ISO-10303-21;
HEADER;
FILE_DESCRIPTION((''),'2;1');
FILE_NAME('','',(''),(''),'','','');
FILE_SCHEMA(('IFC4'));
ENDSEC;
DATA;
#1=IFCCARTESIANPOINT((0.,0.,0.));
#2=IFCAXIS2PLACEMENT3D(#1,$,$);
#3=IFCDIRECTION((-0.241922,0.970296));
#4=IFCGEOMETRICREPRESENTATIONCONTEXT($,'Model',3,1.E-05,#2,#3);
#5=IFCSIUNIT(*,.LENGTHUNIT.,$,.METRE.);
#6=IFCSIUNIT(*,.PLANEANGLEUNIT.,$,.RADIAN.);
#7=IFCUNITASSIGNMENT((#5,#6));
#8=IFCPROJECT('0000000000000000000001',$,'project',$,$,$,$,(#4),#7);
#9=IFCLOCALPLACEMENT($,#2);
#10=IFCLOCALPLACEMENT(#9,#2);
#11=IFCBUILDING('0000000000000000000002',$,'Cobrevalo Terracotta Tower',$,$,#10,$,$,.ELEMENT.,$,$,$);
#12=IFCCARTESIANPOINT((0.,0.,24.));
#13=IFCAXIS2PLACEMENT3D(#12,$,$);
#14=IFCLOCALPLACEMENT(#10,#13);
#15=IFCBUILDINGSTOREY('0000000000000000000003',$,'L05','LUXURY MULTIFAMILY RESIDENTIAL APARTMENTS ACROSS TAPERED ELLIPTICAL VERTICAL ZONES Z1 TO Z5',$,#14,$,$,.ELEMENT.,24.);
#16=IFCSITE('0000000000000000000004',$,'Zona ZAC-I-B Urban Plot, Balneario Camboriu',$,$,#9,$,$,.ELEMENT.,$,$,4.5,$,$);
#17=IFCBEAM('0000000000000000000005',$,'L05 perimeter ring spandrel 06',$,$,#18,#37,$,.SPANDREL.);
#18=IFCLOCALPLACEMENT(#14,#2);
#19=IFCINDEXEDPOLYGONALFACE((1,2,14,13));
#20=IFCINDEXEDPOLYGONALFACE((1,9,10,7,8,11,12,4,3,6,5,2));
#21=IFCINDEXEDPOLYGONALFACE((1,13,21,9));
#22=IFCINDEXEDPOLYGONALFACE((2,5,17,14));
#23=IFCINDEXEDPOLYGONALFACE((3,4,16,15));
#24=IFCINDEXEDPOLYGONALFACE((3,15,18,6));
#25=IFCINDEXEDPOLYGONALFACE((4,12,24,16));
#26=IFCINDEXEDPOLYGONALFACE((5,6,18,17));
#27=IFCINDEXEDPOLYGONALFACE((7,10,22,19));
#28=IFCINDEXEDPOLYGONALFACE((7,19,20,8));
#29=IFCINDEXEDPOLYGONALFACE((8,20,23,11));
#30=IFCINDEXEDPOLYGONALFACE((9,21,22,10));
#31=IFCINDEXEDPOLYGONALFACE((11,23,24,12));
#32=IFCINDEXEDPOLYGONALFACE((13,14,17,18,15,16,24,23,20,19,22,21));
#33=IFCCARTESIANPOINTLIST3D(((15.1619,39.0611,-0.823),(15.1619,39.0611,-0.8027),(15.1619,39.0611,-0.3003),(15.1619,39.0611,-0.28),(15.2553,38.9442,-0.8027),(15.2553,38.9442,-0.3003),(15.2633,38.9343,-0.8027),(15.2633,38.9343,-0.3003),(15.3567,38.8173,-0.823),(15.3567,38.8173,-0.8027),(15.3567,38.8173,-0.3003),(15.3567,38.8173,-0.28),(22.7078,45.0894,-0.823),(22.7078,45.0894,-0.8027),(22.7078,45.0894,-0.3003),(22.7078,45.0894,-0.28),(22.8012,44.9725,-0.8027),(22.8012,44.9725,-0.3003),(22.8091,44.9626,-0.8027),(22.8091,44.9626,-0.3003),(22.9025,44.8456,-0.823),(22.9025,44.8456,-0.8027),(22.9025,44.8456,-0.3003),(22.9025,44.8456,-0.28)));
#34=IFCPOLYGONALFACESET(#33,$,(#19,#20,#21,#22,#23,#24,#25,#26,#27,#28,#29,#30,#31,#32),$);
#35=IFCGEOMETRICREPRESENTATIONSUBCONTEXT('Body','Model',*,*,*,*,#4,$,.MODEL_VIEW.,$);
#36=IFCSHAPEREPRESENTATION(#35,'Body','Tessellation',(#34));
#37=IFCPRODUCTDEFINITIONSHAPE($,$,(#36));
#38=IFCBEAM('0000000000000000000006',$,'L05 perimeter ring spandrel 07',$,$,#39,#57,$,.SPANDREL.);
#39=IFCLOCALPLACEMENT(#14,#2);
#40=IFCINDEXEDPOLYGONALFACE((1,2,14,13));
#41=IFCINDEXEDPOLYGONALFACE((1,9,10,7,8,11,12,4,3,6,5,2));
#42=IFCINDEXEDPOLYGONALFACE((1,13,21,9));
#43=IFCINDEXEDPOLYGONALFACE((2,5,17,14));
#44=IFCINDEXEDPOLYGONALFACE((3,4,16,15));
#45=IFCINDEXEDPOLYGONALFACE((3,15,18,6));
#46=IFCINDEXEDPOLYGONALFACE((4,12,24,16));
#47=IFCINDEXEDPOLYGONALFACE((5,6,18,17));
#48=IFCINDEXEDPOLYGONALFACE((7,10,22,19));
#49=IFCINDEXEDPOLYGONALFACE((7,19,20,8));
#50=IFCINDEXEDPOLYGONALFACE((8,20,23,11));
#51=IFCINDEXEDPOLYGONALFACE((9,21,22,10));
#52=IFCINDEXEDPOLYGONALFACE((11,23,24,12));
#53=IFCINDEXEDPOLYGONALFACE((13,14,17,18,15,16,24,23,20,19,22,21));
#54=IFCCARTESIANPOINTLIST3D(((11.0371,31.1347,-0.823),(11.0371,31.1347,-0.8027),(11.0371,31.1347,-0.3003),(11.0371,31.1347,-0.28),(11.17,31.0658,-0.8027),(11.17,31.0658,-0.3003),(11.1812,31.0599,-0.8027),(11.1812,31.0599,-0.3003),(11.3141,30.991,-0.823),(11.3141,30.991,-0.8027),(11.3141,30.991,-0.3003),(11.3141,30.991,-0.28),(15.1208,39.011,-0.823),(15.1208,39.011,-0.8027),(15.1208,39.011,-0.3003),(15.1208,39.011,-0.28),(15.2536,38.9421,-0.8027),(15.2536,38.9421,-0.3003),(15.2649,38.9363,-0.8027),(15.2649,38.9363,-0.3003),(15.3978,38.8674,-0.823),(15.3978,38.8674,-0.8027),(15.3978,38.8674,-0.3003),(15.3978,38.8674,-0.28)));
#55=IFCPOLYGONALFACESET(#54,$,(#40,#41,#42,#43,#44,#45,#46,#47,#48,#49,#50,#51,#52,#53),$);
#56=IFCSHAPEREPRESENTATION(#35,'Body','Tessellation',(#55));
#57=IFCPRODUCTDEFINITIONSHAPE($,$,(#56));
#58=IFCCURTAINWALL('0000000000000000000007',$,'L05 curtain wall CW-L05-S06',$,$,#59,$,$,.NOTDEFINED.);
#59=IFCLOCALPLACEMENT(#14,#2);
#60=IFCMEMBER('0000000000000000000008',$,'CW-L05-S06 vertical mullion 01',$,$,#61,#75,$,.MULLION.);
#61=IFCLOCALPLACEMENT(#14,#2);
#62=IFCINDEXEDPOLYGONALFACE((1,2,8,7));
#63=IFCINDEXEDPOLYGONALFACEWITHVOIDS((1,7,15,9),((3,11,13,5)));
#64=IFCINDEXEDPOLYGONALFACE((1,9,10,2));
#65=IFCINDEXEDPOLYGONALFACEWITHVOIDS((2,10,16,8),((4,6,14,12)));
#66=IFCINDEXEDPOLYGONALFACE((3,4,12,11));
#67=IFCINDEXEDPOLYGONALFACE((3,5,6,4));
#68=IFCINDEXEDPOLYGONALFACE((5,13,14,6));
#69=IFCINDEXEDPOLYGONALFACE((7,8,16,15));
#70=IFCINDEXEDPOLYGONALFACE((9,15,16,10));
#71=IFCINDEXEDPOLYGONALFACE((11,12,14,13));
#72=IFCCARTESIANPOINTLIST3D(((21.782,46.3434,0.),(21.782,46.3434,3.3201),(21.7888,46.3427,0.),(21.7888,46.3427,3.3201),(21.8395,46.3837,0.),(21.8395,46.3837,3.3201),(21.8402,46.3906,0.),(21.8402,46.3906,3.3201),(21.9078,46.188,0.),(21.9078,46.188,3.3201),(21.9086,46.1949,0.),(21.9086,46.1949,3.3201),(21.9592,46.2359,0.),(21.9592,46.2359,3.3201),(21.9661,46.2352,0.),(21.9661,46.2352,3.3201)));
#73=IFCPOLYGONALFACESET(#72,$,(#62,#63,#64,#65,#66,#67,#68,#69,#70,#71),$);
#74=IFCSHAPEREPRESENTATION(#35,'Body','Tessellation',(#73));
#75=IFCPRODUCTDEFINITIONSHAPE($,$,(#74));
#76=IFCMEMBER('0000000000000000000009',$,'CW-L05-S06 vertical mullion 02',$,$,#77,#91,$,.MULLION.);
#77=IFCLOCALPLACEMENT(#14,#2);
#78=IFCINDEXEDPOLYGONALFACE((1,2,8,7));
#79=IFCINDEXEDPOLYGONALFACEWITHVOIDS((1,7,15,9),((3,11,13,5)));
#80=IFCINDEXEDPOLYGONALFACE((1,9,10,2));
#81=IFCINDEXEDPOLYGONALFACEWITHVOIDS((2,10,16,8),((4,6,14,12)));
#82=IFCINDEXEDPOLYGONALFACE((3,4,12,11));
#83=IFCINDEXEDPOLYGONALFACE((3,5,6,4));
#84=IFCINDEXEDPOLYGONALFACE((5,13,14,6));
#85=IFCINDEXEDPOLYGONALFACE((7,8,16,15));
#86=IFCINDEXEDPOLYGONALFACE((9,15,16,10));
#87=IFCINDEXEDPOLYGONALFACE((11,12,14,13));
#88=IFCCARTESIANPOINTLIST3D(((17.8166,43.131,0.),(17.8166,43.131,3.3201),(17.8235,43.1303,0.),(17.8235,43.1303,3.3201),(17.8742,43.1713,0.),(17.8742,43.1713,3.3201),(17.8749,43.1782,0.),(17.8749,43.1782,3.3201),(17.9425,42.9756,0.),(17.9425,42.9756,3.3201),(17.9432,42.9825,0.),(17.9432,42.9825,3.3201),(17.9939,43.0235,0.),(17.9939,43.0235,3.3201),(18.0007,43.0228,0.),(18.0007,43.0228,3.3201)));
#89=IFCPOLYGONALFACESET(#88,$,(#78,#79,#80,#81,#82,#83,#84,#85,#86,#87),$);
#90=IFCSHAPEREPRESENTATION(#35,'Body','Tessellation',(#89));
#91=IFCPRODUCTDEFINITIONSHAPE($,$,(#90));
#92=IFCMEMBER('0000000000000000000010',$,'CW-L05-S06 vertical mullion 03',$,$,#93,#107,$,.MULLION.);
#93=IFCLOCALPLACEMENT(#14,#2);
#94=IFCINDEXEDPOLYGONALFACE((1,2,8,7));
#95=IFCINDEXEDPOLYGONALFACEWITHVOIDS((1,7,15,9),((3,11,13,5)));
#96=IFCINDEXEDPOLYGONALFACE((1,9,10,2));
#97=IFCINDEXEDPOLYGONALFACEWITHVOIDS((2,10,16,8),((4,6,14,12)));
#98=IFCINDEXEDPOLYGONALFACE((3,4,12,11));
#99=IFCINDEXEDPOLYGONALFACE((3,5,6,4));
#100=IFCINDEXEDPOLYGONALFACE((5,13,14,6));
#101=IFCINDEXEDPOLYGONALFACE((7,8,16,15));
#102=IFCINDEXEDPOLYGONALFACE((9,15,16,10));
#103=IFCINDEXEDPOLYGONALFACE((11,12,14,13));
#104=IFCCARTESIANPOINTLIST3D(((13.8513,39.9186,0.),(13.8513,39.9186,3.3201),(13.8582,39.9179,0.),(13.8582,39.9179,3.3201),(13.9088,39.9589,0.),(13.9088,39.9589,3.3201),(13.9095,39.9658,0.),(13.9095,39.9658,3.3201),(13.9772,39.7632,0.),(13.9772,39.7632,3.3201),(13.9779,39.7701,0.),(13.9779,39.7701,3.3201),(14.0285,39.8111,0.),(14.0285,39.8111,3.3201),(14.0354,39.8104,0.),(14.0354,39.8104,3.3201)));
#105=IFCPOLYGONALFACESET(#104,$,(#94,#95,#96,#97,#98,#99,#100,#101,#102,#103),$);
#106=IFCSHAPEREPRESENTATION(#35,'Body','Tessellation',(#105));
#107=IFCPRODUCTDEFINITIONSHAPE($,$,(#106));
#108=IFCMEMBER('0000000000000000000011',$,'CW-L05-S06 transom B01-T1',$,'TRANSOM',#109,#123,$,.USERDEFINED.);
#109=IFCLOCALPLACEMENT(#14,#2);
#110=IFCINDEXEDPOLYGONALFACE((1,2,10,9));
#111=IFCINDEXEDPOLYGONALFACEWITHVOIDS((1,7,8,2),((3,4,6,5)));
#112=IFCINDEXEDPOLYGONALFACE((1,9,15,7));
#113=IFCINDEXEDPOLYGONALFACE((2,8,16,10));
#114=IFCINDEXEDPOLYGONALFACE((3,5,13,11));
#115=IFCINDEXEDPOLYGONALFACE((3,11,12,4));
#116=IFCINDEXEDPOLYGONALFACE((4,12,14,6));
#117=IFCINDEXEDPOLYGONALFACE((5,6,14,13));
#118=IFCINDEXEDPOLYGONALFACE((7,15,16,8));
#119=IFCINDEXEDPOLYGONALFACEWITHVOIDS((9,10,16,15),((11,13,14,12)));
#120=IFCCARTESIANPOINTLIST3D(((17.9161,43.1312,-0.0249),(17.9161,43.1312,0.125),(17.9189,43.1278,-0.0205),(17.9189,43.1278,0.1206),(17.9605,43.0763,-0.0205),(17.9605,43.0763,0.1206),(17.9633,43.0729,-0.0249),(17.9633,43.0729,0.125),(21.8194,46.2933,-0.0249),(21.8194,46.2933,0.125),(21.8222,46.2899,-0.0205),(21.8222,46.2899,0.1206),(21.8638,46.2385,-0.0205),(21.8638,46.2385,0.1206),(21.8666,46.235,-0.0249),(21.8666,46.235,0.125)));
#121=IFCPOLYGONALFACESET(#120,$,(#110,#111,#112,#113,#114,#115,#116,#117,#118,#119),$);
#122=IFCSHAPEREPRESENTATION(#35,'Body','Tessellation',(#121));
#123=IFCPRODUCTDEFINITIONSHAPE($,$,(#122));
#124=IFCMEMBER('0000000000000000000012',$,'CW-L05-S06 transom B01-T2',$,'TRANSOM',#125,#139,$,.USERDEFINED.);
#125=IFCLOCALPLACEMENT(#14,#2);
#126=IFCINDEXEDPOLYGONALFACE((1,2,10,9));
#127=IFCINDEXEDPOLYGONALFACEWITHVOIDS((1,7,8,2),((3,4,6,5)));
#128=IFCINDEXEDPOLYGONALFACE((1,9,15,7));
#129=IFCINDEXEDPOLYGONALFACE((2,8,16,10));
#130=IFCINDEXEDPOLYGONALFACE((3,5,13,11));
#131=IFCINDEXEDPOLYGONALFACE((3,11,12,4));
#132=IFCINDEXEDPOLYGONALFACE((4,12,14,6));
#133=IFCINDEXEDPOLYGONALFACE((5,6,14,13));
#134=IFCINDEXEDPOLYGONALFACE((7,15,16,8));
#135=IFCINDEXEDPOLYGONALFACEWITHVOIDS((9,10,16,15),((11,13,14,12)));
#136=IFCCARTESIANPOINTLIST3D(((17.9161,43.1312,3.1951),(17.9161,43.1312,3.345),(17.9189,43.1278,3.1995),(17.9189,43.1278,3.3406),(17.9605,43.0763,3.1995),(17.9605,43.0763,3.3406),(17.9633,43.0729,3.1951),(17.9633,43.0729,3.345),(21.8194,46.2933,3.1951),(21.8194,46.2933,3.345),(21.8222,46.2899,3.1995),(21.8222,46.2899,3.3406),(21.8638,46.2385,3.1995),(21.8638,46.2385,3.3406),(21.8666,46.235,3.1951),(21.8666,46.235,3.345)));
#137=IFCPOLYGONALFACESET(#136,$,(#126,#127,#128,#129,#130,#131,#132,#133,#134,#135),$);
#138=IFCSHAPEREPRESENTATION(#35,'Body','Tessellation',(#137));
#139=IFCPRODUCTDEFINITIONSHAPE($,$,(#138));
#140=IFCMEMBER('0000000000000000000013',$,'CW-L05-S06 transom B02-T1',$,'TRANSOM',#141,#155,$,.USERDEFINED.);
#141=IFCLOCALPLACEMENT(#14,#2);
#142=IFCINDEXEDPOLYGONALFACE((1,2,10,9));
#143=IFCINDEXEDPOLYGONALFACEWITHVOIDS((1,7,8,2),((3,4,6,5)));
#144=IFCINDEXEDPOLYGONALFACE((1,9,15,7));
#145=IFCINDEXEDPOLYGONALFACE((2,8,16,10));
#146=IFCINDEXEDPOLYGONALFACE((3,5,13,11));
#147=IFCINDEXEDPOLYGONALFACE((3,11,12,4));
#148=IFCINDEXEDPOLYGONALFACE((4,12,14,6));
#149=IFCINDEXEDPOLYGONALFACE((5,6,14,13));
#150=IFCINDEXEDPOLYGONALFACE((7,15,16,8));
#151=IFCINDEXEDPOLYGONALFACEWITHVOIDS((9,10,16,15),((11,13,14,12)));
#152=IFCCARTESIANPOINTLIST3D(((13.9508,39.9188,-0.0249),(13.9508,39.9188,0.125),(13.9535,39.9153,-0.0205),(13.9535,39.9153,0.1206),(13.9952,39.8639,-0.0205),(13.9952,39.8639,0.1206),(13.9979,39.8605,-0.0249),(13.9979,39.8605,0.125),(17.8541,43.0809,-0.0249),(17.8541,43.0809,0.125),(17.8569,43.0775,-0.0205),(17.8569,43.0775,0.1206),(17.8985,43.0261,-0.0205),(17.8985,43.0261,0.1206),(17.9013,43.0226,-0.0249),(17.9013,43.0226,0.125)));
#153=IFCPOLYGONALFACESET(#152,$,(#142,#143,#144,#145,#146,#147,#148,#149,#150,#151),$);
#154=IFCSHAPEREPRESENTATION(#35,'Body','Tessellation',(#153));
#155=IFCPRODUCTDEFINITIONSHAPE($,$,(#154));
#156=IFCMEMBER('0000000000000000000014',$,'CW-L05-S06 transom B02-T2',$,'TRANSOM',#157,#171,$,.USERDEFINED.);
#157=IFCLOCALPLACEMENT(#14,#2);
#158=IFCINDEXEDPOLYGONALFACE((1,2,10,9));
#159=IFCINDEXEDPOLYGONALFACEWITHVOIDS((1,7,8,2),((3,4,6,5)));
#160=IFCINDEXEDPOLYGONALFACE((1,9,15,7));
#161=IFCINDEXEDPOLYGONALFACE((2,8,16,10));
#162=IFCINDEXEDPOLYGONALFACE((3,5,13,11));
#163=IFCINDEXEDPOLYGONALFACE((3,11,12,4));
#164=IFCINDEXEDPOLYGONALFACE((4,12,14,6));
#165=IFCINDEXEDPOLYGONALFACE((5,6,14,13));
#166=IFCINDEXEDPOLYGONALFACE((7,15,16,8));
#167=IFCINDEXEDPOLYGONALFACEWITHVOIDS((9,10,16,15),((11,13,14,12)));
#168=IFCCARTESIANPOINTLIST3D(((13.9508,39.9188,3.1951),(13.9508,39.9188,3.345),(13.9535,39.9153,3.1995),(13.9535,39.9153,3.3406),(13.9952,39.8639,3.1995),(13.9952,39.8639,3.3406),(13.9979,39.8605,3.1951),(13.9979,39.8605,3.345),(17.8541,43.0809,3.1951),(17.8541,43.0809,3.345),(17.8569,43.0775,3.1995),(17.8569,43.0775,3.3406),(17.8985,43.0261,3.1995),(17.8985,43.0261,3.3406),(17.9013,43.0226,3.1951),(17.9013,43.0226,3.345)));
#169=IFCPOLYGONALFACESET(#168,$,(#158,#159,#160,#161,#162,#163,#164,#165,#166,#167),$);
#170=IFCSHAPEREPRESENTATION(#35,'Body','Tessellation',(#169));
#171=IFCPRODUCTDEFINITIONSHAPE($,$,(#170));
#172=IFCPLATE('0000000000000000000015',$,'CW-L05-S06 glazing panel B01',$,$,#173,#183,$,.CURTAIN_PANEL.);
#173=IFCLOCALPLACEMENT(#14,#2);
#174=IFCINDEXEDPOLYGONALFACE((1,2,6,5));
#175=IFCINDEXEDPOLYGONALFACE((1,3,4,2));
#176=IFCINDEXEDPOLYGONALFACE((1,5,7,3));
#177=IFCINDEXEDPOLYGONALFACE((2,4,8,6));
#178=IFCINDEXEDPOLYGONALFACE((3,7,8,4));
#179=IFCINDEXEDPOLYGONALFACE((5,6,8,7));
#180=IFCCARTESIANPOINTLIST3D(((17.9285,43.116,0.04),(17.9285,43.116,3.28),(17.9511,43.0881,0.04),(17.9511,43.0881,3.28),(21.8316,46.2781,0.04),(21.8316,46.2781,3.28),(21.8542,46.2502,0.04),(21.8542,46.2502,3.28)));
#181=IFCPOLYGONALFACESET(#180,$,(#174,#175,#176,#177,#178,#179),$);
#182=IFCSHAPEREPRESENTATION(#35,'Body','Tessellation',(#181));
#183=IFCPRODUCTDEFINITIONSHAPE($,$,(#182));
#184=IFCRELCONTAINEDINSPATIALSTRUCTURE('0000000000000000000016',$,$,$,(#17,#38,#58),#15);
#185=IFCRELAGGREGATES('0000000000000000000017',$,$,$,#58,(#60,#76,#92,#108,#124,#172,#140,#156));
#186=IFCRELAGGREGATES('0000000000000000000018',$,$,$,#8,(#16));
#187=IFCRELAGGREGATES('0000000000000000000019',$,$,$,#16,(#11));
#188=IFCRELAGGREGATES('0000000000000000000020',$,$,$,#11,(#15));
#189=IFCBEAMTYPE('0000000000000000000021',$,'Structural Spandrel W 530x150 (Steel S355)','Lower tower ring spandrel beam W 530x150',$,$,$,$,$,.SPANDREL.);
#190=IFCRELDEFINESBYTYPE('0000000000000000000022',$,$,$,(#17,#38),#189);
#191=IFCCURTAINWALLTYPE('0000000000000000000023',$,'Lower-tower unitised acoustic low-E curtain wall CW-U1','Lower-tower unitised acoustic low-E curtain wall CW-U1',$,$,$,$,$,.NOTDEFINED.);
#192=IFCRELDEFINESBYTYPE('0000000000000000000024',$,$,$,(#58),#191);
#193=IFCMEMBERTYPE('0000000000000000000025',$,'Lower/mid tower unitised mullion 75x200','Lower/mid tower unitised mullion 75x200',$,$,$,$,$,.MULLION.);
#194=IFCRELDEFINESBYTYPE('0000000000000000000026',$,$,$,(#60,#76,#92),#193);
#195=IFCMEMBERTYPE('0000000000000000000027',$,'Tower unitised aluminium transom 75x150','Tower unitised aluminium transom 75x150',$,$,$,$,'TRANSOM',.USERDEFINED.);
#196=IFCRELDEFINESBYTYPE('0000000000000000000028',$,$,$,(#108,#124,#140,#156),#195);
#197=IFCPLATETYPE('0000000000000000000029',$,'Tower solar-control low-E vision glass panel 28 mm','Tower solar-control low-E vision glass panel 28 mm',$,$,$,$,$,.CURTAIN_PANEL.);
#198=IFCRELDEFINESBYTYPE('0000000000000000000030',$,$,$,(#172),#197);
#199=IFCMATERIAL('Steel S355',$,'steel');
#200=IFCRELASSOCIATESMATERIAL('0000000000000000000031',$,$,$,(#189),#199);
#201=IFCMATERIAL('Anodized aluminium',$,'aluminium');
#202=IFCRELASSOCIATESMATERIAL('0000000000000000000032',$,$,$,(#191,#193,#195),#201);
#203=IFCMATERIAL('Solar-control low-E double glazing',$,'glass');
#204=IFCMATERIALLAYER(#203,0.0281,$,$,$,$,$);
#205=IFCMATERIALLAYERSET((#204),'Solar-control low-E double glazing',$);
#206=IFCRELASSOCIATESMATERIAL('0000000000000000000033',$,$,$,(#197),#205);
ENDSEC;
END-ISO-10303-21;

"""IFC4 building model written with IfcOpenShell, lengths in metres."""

from ifc_helpers import new_model, si_unit, direction, frame, origin, origin_2d, place, context, subcontext, project, spatial, rectangle, hollow_rectangle, i_section, extrude, source, transform, mapped, material, layer, layer_set, material_profile, profile_set, type_object, element, aggregate, save


model = new_model("IFC4")

# Units and contexts
model_context = context("Model", 3, precision=1e-05, world=origin(), true_north=direction((-0.241922, 0.970296)))
body_context = subcontext(model_context, "Body", "Model", "MODEL_VIEW")
ifc_project = project(units=[si_unit("LENGTHUNIT", "METRE"), si_unit("PLANEANGLEUNIT", "RADIAN")], contexts=[model_context])

# Site, building, storey
site_placement = place(None, origin())
site = spatial("IfcSite", under=ifc_project, at=site_placement, Name="Zona ZAC-I-B Urban Plot, Balneario Camboriu", CompositionType="ELEMENT", RefElevation=4.5)
building_placement = place(site_placement, origin())
building = spatial("IfcBuilding", under=site, at=building_placement, Name="Cobrevalo Terracotta Tower", CompositionType="ELEMENT")
storey_placement = place(building_placement, frame((0.0, 0.0, 24.0)))
storey = spatial("IfcBuildingStorey", under=building, at=storey_placement, Name="L05", Description="LUXURY MULTIFAMILY RESIDENTIAL APARTMENTS ACROSS TAPERED ELLIPTICAL VERTICAL ZONES Z1 TO Z5", CompositionType="ELEMENT", Elevation=24.0)

# Shared definitions
ifc_material_1 = material(Name="Steel S355", Category="steel")

# Beams
ifc_material_profile_1 = material_profile(ifc_material_1, i_section(OverallWidth=0.312, OverallDepth=0.543, WebThickness=0.0127, FlangeThickness=0.0203, at=origin_2d()), Name="W 530x150")
ifc_profile_set_1 = profile_set([ifc_material_profile_1], Name="Steel S355")
beam_type_1 = type_object("IfcBeamType", Name="Structural Spandrel W 530x150 (Steel S355)", Description="Lower tower ring spandrel beam W 530x150", PredefinedType="SPANDREL", material=ifc_profile_set_1)
beam_1_placement = place(storey_placement, frame((22.8052, 44.9675, -0.5515), z_axis=(-0.781293, -0.624165, 0.0), x_axis=(0.624165, -0.781293, 0.0)))
element("IfcBeam", 1, at=beam_1_placement, inside=storey, type_object=beam_type_1, Name="L05 perimeter ring spandrel 06", PredefinedType="SPANDREL", context=body_context, shape_type="SweptSolid", body=[
    extrude(i_section(OverallWidth=0.312, OverallDepth=0.543, WebThickness=0.0127, FlangeThickness=0.0203, at=origin_2d()), origin(), (0.0, 0.0, 1.0), 9.6582),
])
beam_2_placement = place(storey_placement, frame((15.2593, 38.9392, -0.5515), z_axis=(-0.460286, -0.887771, 0.0), x_axis=(0.887771, -0.460286, 0.0)))
element("IfcBeam", 2, at=beam_2_placement, inside=storey, type_object=beam_type_1, Name="L05 perimeter ring spandrel 07", PredefinedType="SPANDREL", context=body_context, shape_type="SweptSolid", body=[
    extrude(i_section(OverallWidth=0.312, OverallDepth=0.543, WebThickness=0.0127, FlangeThickness=0.0203, at=origin_2d()), origin(), (0.0, 0.0, 1.0), 8.8721),
])

# Curtain wall, members, plate
ifc_material_2 = material(Name="Anodized aluminium", Category="aluminium")
curtain_wall_type = type_object("IfcCurtainWallType", Name="Lower-tower unitised acoustic low-E curtain wall CW-U1", Description="Lower-tower unitised acoustic low-E curtain wall CW-U1", PredefinedType="NOTDEFINED", material=ifc_material_2)
curtain_wall_placement = place(storey_placement, origin())
curtain_wall = element("IfcCurtainWall", 3, at=curtain_wall_placement, inside=storey, type_object=curtain_wall_type, Name="L05 curtain wall CW-L05-S06", PredefinedType="NOTDEFINED")
ifc_material_profile_2 = material_profile(ifc_material_2, hollow_rectangle(XDim=0.075, YDim=0.2, WallThickness=0.0049, at=origin_2d()), Name="CWM 75x200")
ifc_profile_set_2 = profile_set([ifc_material_profile_2], Name="Anodized aluminium")
member_type_1 = type_object("IfcMemberType", Name="Lower/mid tower unitised mullion 75x200", Description="Lower/mid tower unitised mullion 75x200", PredefinedType="MULLION", material=ifc_profile_set_2)
shared_shape_1 = source(origin(), body_context, "Body", "SweptSolid", [
    extrude(hollow_rectangle(XDim=0.075, YDim=0.2, WallThickness=0.0049, at=origin_2d()), origin(), (0.0, 0.0, 1.0), 3.3201),
])
member_1_placement = place(storey_placement, frame((21.874, 46.2893, 0.0), z_axis=(0.0, 0.0, 1.0), x_axis=(-0.777003, -0.629497, 0.0)))
member_1 = element("IfcMember", 4, at=member_1_placement, type_object=member_type_1, Name="CW-L05-S06 vertical mullion 01", PredefinedType="MULLION", context=body_context, shape_type="MappedRepresentation", body=[
    mapped(shared_shape_1, transform((0.0, 0.0, 0.0), scale=1.0)),
])
member_2_placement = place(storey_placement, frame((17.9087, 43.0769, 0.0), z_axis=(0.0, 0.0, 1.0), x_axis=(-0.777003, -0.629497, 0.0)))
member_2 = element("IfcMember", 5, at=member_2_placement, type_object=member_type_1, Name="CW-L05-S06 vertical mullion 02", PredefinedType="MULLION", context=body_context, shape_type="MappedRepresentation", body=[
    mapped(shared_shape_1, transform((0.0, 0.0, 0.0), scale=1.0)),
])
member_3_placement = place(storey_placement, frame((13.9434, 39.8645, 0.0), z_axis=(0.0, 0.0, 1.0), x_axis=(-0.777003, -0.629497, 0.0)))
member_3 = element("IfcMember", 6, at=member_3_placement, type_object=member_type_1, Name="CW-L05-S06 vertical mullion 03", PredefinedType="MULLION", context=body_context, shape_type="MappedRepresentation", body=[
    mapped(shared_shape_1, transform((0.0, 0.0, 0.0), scale=1.0)),
])
ifc_material_profile_3 = material_profile(ifc_material_2, hollow_rectangle(XDim=0.075, YDim=0.1499, WallThickness=0.0044, at=origin_2d()), Name="CWT 75x150")
ifc_profile_set_3 = profile_set([ifc_material_profile_3], Name="Anodized aluminium")
member_type_2 = type_object("IfcMemberType", Name="Tower unitised aluminium transom 75x150", Description="Tower unitised aluminium transom 75x150", ElementType="TRANSOM", PredefinedType="USERDEFINED", material=ifc_profile_set_3)
shared_shape_2 = source(origin(), body_context, "Body", "SweptSolid", [
    extrude(hollow_rectangle(XDim=0.075, YDim=0.1499, WallThickness=0.0044, at=origin_2d()), origin(), (0.0, 0.0, 1.0), 5.0234),
])
member_4_placement = place(storey_placement, frame((21.843, 46.2642, 0.05), z_axis=(-0.777023, -0.629472, 0.0), x_axis=(0.629472, -0.777023, 0.0)))
member_4 = element("IfcMember", 7, at=member_4_placement, type_object=member_type_2, Name="CW-L05-S06 transom B01-T1", ObjectType="TRANSOM", PredefinedType="USERDEFINED", context=body_context, shape_type="MappedRepresentation", body=[
    mapped(shared_shape_2, transform((0.0, 0.0, 0.0), scale=1.0)),
])
member_5_placement = place(storey_placement, frame((21.843, 46.2642, 3.27), z_axis=(-0.777023, -0.629472, 0.0), x_axis=(0.629472, -0.777023, 0.0)))
member_5 = element("IfcMember", 8, at=member_5_placement, type_object=member_type_2, Name="CW-L05-S06 transom B01-T2", ObjectType="TRANSOM", PredefinedType="USERDEFINED", context=body_context, shape_type="MappedRepresentation", body=[
    mapped(shared_shape_2, transform((0.0, 0.0, 0.0), scale=1.0)),
])
member_6_placement = place(storey_placement, frame((17.8777, 43.0518, 0.05), z_axis=(-0.777023, -0.629472, 0.0), x_axis=(0.629472, -0.777023, 0.0)))
member_6 = element("IfcMember", 9, at=member_6_placement, type_object=member_type_2, Name="CW-L05-S06 transom B02-T1", ObjectType="TRANSOM", PredefinedType="USERDEFINED", context=body_context, shape_type="MappedRepresentation", body=[
    mapped(shared_shape_2, transform((0.0, 0.0, 0.0), scale=1.0)),
])
member_7_placement = place(storey_placement, frame((17.8777, 43.0518, 3.27), z_axis=(-0.777023, -0.629472, 0.0), x_axis=(0.629472, -0.777023, 0.0)))
member_7 = element("IfcMember", 10, at=member_7_placement, type_object=member_type_2, Name="CW-L05-S06 transom B02-T2", ObjectType="TRANSOM", PredefinedType="USERDEFINED", context=body_context, shape_type="MappedRepresentation", body=[
    mapped(shared_shape_2, transform((0.0, 0.0, 0.0), scale=1.0)),
])
ifc_material_3 = material(Name="Solar-control low-E double glazing", Category="glass")
ifc_layer_1 = layer(ifc_material_3, 0.0281)
ifc_layer_set_1 = layer_set([ifc_layer_1], Name="Solar-control low-E double glazing")
plate_type = type_object("IfcPlateType", Name="Tower solar-control low-E vision glass panel 28 mm", Description="Tower solar-control low-E vision glass panel 28 mm", PredefinedType="CURTAIN_PANEL", material=ifc_layer_set_1)
shared_shape_3 = source(origin(), body_context, "Body", "SweptSolid", [
    extrude(rectangle(XDim=5.0232, YDim=0.0359, at=origin_2d()), origin(), (0.0, 0.0, 1.0), 3.24),
])
plate_1_placement = place(storey_placement, frame((19.8914, 44.6831, 0.04), z_axis=(0.0, 0.0, 1.0), x_axis=(-0.777008, -0.629491, 0.0)))
plate_1 = element("IfcPlate", 11, at=plate_1_placement, type_object=plate_type, Name="CW-L05-S06 glazing panel B01", PredefinedType="CURTAIN_PANEL", context=body_context, shape_type="MappedRepresentation", body=[
    mapped(shared_shape_3, transform((0.0, 0.0, 0.0), scale=1.0)),
])
aggregate(curtain_wall, [member_1, member_2, member_3, member_4, member_5, plate_1, member_6, member_7])

save(model, "model.ifc")
